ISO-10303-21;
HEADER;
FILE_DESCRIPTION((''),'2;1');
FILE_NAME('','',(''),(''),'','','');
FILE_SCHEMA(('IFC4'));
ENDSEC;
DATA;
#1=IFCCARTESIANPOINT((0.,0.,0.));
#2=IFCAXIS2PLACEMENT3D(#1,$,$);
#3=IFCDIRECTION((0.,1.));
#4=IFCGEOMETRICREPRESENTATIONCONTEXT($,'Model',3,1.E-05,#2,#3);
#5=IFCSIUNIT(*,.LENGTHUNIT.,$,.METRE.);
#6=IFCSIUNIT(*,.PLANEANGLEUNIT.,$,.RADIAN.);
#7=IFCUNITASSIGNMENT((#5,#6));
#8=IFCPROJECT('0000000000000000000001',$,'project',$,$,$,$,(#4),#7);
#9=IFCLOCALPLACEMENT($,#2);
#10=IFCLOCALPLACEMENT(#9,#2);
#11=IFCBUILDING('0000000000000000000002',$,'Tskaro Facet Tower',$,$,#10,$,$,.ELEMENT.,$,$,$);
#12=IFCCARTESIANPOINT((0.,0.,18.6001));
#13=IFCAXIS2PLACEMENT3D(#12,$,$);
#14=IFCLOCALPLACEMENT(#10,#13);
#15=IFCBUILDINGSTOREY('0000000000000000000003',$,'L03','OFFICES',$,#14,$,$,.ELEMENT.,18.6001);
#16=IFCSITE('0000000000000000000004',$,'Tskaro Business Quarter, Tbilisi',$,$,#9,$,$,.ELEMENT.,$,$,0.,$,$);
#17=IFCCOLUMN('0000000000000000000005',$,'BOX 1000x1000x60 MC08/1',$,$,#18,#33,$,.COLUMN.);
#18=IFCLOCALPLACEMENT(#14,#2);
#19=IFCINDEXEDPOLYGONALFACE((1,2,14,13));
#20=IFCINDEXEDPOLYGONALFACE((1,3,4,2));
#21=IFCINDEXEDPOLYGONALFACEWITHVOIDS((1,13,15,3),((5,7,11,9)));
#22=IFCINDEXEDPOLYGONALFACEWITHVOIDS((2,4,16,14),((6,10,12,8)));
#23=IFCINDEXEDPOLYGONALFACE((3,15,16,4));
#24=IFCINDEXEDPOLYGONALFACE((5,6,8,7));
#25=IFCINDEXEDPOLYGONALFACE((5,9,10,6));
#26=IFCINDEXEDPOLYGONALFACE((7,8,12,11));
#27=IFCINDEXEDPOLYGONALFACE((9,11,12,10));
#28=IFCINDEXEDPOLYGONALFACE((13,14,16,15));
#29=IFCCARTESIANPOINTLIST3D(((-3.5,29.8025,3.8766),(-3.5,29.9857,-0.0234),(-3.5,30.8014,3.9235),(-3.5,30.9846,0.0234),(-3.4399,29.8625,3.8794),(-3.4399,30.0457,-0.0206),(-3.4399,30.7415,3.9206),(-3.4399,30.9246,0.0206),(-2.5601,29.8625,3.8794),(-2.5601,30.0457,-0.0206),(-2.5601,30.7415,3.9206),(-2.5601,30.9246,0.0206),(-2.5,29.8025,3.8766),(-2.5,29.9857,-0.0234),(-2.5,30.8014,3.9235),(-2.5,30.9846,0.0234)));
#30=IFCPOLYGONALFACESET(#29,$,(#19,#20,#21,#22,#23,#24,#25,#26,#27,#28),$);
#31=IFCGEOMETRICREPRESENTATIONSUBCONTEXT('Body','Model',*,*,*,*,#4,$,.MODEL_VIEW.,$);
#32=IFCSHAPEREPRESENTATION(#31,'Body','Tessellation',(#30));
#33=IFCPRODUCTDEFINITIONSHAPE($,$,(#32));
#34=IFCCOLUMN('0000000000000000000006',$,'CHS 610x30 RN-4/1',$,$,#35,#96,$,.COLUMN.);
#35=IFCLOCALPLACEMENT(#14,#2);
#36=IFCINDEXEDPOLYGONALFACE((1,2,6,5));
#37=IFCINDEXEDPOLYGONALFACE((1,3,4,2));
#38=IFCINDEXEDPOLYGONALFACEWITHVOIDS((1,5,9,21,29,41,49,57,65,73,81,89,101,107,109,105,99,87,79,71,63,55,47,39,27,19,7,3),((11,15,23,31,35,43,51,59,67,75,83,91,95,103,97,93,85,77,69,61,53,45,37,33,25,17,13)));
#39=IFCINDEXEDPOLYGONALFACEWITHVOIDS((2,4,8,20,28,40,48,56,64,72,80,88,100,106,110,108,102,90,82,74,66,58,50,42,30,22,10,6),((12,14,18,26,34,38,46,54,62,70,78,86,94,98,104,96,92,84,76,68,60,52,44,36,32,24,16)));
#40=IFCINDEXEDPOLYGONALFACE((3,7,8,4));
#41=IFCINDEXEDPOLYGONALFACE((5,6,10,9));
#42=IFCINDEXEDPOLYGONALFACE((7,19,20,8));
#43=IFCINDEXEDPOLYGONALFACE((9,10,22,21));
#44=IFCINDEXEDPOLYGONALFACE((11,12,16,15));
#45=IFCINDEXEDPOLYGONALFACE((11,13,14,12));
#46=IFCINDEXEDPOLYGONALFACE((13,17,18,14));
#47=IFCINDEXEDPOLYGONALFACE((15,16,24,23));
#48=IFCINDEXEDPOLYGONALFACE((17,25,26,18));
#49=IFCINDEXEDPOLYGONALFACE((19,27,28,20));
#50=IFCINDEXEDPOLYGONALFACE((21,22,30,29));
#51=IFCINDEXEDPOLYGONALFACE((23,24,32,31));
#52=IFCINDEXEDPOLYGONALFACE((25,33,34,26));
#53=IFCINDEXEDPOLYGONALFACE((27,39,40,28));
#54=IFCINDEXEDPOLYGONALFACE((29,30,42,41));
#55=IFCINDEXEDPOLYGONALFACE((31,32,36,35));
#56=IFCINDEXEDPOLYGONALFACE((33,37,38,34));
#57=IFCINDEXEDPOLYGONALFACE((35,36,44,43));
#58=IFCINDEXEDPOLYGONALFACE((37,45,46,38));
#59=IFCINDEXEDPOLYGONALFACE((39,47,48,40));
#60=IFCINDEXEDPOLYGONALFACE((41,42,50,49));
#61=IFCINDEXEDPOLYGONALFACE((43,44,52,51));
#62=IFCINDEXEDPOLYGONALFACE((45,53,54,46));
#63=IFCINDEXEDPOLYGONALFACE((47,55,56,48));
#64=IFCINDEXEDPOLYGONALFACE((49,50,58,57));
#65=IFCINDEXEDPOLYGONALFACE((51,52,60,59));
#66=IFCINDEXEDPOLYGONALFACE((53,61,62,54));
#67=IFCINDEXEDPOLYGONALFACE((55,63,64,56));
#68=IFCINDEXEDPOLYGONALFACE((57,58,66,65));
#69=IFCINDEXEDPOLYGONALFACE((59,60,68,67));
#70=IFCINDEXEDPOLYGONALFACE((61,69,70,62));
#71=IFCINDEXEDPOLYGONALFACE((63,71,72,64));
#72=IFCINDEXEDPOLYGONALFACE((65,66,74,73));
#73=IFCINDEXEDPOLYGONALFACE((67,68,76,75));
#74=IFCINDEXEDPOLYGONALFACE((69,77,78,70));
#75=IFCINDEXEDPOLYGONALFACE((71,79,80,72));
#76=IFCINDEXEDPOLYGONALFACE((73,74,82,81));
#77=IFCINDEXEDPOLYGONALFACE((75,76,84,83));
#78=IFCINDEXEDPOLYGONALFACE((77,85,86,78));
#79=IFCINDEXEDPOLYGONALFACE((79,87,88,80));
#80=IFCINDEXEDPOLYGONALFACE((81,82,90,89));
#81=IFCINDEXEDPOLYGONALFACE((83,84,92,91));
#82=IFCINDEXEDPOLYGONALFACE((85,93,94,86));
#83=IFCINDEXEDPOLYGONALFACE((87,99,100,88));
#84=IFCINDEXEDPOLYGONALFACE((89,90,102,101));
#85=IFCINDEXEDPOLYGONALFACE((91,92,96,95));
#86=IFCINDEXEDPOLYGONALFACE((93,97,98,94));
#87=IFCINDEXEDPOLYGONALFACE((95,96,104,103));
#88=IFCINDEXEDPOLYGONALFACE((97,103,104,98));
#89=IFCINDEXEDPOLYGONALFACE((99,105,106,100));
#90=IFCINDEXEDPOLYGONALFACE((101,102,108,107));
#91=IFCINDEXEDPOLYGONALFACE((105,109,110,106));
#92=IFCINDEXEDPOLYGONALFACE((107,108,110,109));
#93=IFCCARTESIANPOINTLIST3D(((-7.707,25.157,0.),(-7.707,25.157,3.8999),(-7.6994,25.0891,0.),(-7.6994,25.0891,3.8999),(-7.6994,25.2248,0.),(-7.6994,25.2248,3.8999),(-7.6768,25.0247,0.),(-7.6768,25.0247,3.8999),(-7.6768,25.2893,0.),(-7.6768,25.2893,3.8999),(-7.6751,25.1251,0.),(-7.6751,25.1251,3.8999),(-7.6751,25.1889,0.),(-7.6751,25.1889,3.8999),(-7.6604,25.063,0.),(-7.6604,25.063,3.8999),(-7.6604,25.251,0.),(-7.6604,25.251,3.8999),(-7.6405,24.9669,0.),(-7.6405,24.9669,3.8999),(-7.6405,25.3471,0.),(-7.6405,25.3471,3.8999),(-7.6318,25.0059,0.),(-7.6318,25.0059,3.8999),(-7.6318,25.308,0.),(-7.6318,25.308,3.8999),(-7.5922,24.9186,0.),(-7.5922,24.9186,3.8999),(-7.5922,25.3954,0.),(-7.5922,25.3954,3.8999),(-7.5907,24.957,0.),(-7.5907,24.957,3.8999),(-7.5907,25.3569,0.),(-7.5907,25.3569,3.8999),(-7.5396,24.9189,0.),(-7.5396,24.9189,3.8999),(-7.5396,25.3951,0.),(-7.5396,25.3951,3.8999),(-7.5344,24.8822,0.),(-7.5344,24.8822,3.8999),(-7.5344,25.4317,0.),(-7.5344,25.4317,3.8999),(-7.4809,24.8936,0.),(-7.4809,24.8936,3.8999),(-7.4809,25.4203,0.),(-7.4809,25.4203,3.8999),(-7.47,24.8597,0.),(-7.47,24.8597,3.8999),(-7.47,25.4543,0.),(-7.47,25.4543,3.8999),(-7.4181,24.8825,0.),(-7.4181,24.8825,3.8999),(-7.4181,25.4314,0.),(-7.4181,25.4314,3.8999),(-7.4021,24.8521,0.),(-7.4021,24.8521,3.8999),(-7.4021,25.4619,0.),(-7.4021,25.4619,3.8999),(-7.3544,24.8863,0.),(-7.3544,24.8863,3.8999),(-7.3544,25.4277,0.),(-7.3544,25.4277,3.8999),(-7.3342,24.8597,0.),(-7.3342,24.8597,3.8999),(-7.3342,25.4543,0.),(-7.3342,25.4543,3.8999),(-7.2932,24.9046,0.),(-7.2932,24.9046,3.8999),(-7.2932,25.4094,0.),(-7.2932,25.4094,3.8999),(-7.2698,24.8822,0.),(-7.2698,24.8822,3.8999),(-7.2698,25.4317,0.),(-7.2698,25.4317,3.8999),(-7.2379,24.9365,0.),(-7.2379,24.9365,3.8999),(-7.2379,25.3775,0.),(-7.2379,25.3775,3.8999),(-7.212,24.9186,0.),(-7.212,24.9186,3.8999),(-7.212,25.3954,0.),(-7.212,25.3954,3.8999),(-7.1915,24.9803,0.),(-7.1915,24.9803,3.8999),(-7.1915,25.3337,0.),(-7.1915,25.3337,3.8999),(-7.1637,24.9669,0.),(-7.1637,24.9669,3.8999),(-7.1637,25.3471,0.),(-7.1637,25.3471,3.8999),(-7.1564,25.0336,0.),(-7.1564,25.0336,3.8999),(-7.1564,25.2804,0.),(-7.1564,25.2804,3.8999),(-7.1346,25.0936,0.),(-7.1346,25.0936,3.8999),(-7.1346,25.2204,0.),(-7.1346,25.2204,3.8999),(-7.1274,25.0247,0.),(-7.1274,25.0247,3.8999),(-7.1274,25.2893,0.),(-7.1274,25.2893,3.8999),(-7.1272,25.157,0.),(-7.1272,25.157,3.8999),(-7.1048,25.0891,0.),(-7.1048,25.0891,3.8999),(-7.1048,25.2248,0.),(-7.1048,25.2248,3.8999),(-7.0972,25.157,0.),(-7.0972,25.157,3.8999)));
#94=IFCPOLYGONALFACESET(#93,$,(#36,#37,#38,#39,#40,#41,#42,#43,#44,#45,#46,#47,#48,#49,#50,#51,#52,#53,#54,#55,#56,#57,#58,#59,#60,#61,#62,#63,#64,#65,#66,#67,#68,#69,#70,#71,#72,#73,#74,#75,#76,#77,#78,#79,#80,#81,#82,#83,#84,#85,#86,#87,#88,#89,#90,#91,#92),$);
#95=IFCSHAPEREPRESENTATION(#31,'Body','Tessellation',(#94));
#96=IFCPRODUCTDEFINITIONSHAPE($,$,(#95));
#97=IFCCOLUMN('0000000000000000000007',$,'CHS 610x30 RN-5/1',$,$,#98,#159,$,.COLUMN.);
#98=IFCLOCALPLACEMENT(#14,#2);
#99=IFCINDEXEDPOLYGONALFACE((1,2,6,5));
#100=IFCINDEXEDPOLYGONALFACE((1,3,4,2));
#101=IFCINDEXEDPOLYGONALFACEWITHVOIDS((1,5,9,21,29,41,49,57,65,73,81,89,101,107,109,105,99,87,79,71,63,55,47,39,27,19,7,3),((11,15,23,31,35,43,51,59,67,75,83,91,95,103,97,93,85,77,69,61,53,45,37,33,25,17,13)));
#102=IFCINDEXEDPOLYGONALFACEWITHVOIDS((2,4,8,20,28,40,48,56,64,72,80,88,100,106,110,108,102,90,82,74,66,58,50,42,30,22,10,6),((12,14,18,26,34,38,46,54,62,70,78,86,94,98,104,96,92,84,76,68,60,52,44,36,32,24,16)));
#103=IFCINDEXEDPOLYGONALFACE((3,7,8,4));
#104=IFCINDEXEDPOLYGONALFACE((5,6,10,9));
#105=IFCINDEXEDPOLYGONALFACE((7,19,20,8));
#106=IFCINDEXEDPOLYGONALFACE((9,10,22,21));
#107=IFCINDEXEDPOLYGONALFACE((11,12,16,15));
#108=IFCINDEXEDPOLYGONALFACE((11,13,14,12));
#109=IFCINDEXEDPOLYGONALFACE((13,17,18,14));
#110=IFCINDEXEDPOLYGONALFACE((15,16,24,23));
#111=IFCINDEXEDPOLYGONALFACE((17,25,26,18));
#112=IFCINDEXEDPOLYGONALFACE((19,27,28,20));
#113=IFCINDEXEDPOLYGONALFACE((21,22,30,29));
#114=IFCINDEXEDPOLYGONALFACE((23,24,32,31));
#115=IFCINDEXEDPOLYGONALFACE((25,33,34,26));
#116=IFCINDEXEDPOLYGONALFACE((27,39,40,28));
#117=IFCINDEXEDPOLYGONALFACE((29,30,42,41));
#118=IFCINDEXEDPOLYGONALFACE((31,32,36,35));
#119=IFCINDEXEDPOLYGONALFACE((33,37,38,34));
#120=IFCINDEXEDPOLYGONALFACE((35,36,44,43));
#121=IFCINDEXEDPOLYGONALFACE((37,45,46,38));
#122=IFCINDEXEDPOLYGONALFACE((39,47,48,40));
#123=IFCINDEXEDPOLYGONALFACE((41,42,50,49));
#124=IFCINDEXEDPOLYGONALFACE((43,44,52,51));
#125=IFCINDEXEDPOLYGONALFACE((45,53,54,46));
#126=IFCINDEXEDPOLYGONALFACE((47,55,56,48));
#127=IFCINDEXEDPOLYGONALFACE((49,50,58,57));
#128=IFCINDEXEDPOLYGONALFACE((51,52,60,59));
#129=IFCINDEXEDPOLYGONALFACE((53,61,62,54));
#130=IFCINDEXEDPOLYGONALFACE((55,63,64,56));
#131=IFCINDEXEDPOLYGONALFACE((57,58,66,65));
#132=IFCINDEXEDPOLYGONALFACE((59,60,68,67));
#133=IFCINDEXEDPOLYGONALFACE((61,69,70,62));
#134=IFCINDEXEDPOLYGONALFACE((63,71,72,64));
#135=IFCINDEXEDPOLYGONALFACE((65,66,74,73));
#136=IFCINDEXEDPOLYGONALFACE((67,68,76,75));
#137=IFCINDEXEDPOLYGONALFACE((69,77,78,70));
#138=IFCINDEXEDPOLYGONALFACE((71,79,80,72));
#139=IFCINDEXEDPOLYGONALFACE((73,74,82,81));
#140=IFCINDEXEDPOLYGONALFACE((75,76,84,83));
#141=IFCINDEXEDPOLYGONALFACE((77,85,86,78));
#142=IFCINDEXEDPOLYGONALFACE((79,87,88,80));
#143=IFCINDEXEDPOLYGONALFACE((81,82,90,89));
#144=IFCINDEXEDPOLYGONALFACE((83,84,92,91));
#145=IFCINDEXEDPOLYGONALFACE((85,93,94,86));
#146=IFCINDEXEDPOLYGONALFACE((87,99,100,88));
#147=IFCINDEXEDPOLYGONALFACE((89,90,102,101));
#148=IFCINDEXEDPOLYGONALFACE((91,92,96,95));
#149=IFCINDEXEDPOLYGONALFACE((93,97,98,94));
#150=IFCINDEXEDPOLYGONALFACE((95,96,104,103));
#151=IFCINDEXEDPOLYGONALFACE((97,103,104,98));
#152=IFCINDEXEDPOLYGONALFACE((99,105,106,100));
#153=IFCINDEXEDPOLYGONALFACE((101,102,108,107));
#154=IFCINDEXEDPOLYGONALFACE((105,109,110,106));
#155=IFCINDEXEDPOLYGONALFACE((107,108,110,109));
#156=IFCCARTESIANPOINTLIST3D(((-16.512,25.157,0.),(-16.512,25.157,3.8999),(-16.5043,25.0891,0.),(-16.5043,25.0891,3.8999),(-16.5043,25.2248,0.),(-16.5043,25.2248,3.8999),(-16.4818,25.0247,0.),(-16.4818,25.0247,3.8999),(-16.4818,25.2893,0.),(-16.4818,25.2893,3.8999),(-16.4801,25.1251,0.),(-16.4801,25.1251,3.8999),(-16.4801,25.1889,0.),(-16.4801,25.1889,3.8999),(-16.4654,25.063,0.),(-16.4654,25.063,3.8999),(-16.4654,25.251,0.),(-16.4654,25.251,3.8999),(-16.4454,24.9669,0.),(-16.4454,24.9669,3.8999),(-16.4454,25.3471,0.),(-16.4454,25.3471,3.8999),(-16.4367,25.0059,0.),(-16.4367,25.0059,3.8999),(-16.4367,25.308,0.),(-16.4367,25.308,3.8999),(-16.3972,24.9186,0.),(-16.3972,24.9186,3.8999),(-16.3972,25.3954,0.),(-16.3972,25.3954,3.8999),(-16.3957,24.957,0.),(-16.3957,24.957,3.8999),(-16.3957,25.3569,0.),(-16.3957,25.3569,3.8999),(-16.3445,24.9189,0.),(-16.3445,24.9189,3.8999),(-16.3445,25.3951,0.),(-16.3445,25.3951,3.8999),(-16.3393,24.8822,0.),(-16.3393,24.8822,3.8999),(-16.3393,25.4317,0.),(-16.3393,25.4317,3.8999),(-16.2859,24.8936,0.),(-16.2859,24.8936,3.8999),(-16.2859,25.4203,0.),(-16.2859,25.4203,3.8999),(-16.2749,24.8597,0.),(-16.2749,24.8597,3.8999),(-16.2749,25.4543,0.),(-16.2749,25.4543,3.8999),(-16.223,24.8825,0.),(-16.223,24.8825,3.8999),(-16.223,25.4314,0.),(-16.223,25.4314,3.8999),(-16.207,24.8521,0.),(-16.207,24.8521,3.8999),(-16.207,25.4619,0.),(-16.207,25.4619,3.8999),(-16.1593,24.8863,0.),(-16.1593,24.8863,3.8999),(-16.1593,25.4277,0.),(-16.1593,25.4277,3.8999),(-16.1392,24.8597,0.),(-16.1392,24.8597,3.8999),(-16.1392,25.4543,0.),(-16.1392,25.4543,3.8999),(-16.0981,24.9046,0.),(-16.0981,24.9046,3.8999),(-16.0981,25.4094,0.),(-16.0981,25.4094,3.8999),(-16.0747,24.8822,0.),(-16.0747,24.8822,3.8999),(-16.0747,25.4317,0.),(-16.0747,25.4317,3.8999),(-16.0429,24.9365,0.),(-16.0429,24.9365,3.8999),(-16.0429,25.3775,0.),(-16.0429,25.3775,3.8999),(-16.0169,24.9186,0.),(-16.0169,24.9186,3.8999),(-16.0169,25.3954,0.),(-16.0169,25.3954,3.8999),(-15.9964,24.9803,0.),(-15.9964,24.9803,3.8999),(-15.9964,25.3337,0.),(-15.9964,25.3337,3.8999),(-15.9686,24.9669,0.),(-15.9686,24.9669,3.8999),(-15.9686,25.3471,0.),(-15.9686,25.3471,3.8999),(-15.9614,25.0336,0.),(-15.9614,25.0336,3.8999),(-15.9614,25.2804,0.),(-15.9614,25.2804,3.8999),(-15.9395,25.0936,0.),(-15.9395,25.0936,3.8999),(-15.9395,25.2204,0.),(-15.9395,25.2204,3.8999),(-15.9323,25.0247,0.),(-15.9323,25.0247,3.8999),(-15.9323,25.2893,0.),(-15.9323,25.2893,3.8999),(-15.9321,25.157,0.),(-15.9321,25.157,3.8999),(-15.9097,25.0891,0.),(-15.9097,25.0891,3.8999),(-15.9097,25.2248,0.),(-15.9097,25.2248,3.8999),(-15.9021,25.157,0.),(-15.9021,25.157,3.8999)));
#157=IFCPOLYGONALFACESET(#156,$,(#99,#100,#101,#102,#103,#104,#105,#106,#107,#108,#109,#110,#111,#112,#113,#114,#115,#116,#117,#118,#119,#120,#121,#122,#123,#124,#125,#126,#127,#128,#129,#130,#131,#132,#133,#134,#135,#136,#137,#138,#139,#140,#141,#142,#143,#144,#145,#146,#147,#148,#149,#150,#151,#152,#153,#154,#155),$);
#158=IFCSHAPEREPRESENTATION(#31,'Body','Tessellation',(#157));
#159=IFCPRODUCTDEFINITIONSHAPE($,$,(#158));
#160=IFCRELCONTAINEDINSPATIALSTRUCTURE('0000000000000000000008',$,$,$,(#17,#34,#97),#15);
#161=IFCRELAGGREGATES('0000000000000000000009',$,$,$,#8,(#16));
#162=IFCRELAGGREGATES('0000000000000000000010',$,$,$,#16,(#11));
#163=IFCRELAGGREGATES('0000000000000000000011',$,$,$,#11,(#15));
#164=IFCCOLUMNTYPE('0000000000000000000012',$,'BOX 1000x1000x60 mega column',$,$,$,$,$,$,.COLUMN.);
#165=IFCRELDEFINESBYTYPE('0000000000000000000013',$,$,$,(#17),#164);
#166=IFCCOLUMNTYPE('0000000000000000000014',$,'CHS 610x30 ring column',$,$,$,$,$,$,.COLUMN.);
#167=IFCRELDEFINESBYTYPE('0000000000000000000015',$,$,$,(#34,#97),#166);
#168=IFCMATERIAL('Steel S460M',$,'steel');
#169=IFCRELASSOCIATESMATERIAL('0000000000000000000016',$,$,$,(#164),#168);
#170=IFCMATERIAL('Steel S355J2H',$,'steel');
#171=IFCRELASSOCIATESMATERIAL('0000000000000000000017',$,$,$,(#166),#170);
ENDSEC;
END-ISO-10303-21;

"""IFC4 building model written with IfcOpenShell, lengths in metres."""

from ifc_helpers import new_model, si_unit, direction, frame, origin, origin_2d, place, context, subcontext, project, spatial, hollow_rectangle, hollow_circle, extrude, material, material_profile, profile_set, type_object, element, save


model = new_model("IFC4")

# Units and contexts
model_context = context("Model", 3, precision=1e-05, world=origin(), true_north=direction((0.0, 1.0)))
body_context = subcontext(model_context, "Body", "Model", "MODEL_VIEW")
ifc_project = project(units=[si_unit("LENGTHUNIT", "METRE"), si_unit("PLANEANGLEUNIT", "RADIAN")], contexts=[model_context])

# Site, building, storey
site_placement = place(None, origin())
site = spatial("IfcSite", under=ifc_project, at=site_placement, Name="Tskaro Business Quarter, Tbilisi", CompositionType="ELEMENT", RefElevation=0.0)
building_placement = place(site_placement, origin())
building = spatial("IfcBuilding", under=site, at=building_placement, Name="Tskaro Facet Tower", CompositionType="ELEMENT")
storey_placement = place(building_placement, frame((0.0, 0.0, 18.6001)))
storey = spatial("IfcBuildingStorey", under=building, at=storey_placement, Name="L03", Description="OFFICES", CompositionType="ELEMENT", Elevation=18.6001)

# Columns
ifc_material_1 = material(Name="Steel S460M", Category="steel")
ifc_material_profile_1 = material_profile(ifc_material_1, hollow_rectangle(XDim=1.0, YDim=1.0, WallThickness=0.0601, at=origin_2d()), Name="BOX 1000x1000x60")
ifc_profile_set_1 = profile_set([ifc_material_profile_1], Name="Steel S460M")
column_type_1 = type_object("IfcColumnType", Name="BOX 1000x1000x60 mega column", PredefinedType="COLUMN", material=ifc_profile_set_1)
column_1_placement = place(storey_placement, frame((-3.0, 30.4851, 0.0), z_axis=(0.0, -0.0469, 0.9989), x_axis=(1.0, 0.0, 0.0)))
element("IfcColumn", 1, at=column_1_placement, inside=storey, type_object=column_type_1, Name="BOX 1000x1000x60 MC08/1", PredefinedType="COLUMN", context=body_context, shape_type="SweptSolid", body=[
    extrude(hollow_rectangle(XDim=1.0, YDim=1.0, WallThickness=0.0601, at=origin_2d()), origin(), (0.0, 0.0, 1.0), 3.9043),
])
ifc_material_2 = material(Name="Steel S355J2H", Category="steel")
ifc_material_profile_2 = material_profile(ifc_material_2, hollow_circle(Radius=0.3049, WallThickness=0.03, at=origin_2d()), Name="CHS 610x30")
ifc_profile_set_2 = profile_set([ifc_material_profile_2], Name="Steel S355J2H")
column_type_2 = type_object("IfcColumnType", Name="CHS 610x30 ring column", PredefinedType="COLUMN", material=ifc_profile_set_2)
for number, where, z_axis, x_axis, name in (
    (2, (-7.4021, 25.157, 0.0), (0.0, 0.0, 1.0), (1.0, 0.0, 0.0), "CHS 610x30 RN-4/1"),
    (3, (-16.207, 25.157, 0.0), (0.0, 0.0, 1.0), (1.0, 0.0, 0.0), "CHS 610x30 RN-5/1"),
):
    element("IfcColumn", number, at=place(storey_placement, frame(where, z_axis=z_axis, x_axis=x_axis)), inside=storey, type_object=column_type_2, Name=name, PredefinedType="COLUMN", context=body_context, shape_type="SweptSolid", body=[
        extrude(hollow_circle(Radius=0.3049, WallThickness=0.03, at=origin_2d()), origin(), (0.0, 0.0, 1.0), 3.8999),
    ])

save(model, "model.ifc")
